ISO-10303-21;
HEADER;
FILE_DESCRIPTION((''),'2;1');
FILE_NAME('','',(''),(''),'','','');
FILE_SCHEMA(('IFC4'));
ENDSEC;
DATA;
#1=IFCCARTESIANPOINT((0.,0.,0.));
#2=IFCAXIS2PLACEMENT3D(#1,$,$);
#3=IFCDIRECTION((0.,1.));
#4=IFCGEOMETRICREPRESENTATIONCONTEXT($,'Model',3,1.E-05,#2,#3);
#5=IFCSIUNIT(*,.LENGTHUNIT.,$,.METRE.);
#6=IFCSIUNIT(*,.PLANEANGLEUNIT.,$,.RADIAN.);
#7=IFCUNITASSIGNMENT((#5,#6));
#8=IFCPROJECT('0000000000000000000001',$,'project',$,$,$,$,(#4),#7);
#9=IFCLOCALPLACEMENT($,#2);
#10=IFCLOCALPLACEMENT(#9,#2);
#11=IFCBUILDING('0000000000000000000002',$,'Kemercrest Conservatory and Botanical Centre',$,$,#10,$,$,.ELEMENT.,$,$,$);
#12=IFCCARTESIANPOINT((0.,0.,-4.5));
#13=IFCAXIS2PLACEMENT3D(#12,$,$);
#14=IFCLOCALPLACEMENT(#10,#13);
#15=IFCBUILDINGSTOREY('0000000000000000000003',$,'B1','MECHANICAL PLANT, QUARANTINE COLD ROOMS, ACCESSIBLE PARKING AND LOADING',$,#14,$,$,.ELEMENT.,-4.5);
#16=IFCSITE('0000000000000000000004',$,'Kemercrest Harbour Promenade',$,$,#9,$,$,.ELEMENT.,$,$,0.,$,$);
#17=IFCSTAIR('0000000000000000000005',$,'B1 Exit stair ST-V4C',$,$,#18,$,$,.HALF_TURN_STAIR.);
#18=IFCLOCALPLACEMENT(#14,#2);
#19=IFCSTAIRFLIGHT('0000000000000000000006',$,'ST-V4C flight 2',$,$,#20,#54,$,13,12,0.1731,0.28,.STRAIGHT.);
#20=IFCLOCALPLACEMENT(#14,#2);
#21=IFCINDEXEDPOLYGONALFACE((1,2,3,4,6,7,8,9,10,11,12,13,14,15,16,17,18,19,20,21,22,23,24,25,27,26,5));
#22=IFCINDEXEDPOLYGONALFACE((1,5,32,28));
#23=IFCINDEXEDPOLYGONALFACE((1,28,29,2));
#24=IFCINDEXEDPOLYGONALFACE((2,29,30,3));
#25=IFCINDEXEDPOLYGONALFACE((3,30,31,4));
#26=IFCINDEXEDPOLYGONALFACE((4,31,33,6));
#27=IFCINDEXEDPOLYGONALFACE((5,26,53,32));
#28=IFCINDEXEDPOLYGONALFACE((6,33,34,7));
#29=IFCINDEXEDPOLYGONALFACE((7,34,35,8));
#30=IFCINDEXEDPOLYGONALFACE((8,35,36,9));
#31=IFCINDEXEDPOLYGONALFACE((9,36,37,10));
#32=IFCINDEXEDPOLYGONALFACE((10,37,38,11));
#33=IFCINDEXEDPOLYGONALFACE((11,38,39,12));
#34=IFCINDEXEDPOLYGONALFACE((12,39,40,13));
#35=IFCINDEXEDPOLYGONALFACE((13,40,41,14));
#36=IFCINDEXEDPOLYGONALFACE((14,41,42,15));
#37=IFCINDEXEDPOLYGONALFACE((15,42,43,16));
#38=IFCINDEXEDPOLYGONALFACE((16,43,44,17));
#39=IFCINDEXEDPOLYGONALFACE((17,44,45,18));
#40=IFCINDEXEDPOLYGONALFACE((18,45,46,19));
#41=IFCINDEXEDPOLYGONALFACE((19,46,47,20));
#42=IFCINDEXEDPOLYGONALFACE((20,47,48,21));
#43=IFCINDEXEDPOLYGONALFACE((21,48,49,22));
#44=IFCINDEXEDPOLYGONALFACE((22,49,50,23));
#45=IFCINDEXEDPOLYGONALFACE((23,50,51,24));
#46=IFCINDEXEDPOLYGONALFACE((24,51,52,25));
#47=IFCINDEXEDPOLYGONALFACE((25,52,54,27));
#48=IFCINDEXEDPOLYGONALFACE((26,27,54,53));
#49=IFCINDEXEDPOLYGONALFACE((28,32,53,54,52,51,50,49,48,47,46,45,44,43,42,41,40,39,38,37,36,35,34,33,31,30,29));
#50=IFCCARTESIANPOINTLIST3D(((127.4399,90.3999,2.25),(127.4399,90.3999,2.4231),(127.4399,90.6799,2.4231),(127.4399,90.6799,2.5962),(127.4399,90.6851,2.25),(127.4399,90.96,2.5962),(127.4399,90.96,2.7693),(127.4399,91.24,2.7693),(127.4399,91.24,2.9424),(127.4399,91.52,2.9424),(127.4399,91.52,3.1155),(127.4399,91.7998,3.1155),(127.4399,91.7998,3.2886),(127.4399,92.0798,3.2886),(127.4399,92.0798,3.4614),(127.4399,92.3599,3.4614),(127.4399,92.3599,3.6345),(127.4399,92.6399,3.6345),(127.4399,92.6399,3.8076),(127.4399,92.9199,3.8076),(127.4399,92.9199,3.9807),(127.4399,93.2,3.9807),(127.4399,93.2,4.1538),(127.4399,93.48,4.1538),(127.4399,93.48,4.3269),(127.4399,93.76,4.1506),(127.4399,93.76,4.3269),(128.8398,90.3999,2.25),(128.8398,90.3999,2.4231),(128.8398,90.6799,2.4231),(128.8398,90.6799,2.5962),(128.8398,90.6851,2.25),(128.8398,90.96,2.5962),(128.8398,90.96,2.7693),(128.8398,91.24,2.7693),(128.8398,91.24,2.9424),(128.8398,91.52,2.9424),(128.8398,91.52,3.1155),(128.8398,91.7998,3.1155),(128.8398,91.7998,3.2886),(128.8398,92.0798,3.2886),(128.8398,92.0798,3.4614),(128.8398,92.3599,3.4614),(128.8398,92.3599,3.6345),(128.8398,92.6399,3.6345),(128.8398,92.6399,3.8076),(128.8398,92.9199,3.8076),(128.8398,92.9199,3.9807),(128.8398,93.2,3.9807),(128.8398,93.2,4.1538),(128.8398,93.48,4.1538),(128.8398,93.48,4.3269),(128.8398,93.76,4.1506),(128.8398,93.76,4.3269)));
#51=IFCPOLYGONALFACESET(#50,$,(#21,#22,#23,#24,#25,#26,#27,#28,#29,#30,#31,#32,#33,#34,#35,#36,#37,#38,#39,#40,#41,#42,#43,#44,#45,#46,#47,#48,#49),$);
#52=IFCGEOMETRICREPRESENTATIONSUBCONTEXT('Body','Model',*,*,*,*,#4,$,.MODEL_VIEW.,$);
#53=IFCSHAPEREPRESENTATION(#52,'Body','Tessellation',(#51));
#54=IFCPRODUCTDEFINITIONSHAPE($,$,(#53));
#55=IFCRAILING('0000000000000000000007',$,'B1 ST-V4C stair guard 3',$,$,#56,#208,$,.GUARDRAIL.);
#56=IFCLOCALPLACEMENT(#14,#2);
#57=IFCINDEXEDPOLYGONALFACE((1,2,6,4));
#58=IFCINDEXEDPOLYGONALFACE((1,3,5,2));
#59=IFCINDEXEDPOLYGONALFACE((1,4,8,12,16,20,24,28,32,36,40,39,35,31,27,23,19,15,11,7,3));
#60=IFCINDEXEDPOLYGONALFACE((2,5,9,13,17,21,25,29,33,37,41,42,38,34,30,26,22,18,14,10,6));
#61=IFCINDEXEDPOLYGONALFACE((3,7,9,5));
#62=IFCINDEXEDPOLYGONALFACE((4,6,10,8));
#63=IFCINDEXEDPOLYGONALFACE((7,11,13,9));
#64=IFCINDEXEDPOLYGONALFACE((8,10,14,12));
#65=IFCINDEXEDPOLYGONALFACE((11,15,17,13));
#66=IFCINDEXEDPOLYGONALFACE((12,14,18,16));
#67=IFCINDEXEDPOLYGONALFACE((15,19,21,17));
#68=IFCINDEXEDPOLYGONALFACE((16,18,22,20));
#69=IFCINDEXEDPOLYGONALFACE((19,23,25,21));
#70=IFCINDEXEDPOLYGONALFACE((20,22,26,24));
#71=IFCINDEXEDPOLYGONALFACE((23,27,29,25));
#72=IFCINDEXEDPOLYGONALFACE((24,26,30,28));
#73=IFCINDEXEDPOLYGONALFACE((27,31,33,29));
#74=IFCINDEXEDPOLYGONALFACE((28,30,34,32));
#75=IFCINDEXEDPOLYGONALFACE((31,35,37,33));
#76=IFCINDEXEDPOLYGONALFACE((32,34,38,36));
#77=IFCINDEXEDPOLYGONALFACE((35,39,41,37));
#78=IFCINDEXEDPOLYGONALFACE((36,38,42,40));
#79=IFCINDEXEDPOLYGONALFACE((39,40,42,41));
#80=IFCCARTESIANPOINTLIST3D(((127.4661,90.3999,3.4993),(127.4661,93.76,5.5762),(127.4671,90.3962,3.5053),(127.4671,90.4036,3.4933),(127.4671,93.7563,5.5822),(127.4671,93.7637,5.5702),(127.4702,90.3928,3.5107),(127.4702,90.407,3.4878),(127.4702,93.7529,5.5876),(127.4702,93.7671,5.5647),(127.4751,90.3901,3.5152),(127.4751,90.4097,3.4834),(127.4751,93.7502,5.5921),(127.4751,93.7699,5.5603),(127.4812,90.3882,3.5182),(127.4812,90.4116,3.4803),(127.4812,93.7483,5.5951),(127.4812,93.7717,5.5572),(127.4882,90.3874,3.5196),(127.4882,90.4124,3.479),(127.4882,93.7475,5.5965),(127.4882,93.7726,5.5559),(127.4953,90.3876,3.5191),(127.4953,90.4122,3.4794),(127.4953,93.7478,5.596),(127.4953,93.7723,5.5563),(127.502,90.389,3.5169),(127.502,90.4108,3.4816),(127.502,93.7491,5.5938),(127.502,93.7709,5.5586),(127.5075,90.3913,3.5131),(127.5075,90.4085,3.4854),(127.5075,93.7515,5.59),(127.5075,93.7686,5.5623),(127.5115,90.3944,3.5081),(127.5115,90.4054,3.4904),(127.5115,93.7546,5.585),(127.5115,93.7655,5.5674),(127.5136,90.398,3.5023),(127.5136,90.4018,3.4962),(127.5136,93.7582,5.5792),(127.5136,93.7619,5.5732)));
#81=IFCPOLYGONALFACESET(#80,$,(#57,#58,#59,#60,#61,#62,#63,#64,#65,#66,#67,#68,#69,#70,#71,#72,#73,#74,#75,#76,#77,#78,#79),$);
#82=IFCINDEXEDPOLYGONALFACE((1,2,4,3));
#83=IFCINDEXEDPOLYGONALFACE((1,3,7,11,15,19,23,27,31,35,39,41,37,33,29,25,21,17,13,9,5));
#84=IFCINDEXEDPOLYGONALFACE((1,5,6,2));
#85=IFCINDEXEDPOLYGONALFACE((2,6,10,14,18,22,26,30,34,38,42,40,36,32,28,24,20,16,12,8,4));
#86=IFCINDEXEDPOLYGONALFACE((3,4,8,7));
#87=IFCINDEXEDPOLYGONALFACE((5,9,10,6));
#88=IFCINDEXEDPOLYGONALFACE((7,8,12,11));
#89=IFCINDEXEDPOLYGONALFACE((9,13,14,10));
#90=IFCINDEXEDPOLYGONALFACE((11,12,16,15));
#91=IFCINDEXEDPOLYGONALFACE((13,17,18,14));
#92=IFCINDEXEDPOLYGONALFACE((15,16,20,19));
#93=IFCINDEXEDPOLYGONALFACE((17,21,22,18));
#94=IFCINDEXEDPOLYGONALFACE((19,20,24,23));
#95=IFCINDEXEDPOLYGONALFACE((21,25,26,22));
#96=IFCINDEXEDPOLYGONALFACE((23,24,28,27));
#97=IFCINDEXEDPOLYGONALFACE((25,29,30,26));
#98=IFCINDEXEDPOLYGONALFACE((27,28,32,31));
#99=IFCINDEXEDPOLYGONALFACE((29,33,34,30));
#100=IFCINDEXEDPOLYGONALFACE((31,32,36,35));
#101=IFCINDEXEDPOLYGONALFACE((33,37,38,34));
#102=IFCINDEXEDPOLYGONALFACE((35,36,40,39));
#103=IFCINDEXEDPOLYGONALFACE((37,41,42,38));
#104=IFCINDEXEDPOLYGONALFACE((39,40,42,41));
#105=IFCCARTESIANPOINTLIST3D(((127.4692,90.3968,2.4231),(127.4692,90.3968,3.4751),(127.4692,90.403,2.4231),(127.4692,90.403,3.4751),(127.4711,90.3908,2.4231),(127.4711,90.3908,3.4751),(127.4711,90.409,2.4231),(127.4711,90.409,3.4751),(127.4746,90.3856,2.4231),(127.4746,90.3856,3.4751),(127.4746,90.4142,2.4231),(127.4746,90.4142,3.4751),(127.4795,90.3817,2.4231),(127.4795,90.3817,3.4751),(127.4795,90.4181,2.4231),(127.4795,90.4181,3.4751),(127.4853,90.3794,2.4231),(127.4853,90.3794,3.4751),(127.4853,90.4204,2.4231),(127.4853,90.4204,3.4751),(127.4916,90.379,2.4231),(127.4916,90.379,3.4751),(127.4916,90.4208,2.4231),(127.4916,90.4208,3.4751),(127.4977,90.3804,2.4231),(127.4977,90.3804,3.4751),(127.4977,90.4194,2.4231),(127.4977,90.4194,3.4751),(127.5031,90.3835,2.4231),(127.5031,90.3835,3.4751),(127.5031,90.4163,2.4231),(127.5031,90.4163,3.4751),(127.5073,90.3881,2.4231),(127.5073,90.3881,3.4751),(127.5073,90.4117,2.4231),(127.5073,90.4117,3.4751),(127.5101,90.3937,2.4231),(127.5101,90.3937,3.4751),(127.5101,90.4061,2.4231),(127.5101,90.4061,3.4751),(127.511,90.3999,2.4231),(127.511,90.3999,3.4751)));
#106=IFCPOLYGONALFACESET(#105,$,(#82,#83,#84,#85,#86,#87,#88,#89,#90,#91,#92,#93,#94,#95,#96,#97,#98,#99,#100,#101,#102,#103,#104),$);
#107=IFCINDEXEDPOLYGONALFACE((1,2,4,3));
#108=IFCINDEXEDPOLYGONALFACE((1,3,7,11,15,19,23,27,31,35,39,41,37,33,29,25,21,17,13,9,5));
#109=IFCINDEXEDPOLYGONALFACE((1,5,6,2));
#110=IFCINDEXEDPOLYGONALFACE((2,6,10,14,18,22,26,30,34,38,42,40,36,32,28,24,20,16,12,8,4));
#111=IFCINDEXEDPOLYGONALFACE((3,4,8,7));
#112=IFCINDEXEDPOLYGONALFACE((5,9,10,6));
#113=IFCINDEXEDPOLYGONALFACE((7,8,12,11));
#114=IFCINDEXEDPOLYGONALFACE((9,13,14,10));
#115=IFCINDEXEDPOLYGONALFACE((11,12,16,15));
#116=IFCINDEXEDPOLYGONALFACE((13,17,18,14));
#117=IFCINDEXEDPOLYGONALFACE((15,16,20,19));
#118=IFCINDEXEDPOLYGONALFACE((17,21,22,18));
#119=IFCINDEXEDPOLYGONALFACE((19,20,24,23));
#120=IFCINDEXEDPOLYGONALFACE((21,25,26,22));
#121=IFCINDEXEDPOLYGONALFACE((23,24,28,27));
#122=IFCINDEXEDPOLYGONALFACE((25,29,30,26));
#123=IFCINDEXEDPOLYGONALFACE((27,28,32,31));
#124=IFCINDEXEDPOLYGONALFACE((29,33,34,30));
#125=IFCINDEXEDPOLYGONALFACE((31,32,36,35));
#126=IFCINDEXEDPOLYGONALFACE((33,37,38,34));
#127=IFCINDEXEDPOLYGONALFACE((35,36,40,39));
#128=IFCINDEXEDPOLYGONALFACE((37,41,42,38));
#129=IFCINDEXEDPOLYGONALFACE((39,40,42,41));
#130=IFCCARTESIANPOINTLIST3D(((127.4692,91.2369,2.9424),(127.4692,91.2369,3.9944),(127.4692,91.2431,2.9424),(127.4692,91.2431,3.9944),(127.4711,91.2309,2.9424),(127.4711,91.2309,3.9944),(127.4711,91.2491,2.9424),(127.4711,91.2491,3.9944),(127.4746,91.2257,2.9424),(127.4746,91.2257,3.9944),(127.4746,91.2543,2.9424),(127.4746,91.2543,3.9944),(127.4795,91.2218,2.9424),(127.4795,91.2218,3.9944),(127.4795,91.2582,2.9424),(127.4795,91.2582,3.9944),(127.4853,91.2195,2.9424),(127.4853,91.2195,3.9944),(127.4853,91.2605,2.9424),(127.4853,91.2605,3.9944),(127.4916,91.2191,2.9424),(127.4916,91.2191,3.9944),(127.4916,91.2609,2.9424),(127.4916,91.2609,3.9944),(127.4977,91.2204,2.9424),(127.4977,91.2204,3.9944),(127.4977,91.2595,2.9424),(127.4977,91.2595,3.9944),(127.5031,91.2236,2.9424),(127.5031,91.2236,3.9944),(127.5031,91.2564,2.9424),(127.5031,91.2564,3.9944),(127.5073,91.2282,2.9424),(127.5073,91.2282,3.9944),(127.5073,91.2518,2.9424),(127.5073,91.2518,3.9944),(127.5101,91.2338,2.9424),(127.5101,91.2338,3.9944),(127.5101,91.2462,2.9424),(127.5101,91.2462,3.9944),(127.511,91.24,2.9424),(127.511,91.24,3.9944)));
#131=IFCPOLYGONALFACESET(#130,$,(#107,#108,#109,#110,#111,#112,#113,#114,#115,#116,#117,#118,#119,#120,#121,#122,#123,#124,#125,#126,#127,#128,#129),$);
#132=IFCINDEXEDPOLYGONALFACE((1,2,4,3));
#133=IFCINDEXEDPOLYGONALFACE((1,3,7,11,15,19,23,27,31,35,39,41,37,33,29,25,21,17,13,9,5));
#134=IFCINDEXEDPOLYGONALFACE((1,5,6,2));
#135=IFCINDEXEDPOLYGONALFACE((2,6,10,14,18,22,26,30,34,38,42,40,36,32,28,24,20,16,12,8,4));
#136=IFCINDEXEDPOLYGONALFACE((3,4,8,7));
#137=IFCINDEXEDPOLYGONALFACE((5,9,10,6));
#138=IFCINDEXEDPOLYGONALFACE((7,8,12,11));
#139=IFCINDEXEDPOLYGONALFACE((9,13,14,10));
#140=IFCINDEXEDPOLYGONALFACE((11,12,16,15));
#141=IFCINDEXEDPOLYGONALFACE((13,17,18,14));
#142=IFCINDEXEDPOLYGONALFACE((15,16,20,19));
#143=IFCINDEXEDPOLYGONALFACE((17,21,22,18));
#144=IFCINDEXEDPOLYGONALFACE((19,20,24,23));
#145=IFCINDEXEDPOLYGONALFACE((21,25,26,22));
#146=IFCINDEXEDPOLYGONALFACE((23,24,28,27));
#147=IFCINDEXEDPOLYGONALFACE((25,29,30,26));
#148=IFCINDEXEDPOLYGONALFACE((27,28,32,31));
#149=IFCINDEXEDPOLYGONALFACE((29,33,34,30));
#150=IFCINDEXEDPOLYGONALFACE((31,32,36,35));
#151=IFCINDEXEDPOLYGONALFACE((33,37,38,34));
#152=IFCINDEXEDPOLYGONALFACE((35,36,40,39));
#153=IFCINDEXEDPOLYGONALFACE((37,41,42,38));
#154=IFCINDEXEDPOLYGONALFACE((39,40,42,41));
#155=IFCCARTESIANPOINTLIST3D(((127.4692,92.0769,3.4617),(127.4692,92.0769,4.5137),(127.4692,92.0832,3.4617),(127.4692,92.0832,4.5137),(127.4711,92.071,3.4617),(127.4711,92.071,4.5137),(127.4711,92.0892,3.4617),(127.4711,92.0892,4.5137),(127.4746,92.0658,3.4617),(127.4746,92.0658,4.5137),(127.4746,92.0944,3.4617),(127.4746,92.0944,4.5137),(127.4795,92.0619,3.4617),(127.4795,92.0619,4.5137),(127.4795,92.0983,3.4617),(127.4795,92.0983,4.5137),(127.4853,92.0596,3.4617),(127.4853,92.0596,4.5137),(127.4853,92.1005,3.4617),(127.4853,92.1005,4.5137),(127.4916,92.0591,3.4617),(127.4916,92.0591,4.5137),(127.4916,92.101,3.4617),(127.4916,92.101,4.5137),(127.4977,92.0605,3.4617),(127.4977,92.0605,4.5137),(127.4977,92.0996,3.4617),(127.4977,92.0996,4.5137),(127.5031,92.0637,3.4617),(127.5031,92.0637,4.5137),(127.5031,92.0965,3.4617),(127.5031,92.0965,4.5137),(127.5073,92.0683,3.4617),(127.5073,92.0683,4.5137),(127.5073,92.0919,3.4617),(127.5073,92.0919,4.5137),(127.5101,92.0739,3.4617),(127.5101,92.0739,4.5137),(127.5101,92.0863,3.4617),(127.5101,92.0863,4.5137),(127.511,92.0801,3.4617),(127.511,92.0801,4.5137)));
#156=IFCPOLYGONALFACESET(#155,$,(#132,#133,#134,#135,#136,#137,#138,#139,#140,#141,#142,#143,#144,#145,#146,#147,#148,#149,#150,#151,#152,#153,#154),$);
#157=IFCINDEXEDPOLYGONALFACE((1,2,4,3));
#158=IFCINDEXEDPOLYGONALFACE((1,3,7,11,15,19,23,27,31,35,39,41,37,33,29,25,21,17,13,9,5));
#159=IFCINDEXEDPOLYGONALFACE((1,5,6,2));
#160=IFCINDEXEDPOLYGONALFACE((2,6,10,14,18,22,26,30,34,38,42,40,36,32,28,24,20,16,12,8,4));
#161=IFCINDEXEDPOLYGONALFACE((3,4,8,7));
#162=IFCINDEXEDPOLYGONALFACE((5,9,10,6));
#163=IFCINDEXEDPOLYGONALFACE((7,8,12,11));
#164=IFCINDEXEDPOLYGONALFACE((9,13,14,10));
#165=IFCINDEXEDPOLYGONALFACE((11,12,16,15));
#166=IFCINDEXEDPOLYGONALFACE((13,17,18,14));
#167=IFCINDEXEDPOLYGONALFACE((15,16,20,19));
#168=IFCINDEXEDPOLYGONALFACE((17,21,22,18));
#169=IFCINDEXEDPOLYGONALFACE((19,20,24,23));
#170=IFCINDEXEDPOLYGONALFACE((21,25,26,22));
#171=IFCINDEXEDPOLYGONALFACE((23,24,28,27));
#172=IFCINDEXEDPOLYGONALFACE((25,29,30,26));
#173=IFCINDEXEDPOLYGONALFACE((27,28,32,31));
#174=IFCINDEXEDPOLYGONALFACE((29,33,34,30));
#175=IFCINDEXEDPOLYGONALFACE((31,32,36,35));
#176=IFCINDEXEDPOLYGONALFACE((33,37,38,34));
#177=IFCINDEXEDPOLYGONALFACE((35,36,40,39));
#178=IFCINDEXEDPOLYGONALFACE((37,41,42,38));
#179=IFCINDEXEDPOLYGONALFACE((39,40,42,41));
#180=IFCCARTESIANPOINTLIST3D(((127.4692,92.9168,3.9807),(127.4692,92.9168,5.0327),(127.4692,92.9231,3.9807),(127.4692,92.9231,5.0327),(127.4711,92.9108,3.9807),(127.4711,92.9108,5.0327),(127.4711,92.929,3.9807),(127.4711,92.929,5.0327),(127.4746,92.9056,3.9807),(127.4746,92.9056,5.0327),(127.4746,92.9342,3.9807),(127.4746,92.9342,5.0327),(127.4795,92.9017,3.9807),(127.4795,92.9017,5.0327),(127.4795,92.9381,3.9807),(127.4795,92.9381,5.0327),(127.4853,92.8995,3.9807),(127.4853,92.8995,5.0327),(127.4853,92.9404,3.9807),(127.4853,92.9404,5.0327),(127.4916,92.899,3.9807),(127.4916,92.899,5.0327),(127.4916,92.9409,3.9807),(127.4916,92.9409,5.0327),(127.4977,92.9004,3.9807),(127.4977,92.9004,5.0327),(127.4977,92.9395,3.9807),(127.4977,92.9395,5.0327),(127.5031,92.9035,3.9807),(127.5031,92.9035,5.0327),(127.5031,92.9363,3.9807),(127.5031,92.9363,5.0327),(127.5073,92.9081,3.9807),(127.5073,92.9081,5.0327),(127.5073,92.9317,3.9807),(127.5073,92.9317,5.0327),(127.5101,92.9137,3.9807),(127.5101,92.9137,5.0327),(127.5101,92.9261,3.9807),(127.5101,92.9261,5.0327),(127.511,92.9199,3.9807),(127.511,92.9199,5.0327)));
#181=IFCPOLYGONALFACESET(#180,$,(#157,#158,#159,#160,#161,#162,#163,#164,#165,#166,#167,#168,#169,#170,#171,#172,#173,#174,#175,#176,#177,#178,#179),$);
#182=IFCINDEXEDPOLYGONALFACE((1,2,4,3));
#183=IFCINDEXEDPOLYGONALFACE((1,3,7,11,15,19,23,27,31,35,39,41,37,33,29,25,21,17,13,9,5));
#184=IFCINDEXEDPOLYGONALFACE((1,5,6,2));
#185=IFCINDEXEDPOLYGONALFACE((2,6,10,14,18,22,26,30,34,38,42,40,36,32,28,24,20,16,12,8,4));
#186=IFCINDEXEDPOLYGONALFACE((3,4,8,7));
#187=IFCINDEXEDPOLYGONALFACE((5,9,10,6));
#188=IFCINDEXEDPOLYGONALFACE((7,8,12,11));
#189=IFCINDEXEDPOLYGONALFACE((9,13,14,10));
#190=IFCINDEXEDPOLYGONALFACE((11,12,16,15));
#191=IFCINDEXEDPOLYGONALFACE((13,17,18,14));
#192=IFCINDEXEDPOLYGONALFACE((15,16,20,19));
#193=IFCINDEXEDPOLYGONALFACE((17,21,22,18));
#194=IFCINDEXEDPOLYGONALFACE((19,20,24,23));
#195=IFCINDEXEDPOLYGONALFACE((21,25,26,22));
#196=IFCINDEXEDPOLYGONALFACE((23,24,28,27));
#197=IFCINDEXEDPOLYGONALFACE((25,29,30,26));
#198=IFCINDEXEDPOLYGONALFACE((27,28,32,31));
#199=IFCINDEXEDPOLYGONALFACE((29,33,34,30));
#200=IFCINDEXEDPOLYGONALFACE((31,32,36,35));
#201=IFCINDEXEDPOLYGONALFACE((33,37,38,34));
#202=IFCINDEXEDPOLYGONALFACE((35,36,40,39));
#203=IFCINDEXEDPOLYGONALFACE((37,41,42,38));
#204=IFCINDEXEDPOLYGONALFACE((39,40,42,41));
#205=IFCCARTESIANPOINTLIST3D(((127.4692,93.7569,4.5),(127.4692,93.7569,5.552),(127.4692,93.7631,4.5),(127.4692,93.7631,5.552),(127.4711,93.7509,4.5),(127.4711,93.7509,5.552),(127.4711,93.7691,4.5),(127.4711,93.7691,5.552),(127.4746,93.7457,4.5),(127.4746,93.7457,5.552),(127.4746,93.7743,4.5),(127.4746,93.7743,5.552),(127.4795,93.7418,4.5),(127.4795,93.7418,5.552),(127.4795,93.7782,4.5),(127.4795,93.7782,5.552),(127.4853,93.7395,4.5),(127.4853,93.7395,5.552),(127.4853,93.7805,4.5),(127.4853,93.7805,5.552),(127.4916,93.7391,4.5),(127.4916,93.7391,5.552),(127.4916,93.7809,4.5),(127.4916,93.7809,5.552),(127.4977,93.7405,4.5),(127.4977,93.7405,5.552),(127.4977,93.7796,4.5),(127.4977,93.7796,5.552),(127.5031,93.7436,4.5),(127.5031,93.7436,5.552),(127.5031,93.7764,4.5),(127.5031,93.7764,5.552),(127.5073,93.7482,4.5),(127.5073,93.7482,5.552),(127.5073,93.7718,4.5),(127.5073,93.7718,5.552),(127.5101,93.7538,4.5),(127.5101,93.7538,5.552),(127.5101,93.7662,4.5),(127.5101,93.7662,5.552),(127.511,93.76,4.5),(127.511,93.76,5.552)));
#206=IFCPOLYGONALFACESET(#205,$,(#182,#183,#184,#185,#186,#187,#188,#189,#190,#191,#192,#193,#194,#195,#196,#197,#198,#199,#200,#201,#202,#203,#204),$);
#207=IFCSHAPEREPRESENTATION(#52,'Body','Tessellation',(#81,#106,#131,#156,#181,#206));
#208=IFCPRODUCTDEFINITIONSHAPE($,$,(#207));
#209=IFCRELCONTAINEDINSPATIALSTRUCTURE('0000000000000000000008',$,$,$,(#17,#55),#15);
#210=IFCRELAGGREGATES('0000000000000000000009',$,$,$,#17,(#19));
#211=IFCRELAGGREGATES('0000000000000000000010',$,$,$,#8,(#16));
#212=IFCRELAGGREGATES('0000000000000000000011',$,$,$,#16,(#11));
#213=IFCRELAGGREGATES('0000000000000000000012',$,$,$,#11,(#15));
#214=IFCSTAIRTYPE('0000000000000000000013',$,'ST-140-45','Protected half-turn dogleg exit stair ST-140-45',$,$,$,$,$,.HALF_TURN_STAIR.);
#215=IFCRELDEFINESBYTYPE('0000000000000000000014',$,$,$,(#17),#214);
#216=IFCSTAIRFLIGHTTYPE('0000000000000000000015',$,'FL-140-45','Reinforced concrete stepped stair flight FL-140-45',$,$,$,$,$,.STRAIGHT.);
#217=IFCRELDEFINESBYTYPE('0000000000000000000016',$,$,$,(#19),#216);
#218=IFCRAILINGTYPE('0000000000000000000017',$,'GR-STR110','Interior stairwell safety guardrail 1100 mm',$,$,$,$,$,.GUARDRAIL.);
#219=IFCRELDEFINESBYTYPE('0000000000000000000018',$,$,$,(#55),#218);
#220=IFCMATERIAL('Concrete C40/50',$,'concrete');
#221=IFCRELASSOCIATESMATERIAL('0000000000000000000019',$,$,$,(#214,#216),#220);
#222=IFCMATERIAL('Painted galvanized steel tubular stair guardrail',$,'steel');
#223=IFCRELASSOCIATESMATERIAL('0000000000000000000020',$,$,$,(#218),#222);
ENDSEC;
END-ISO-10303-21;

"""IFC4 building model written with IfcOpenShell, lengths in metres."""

from ifc_helpers import new_model, si_unit, direction, frame, origin, origin_2d, place, context, subcontext, project, spatial, polyline, circle, outline, extrude, material, type_object, element, aggregate, save


model = new_model("IFC4")

# Units and contexts
model_context = context("Model", 3, precision=1e-05, world=origin(), true_north=direction((0.0, 1.0)))
body_context = subcontext(model_context, "Body", "Model", "MODEL_VIEW")
ifc_project = project(units=[si_unit("LENGTHUNIT", "METRE"), si_unit("PLANEANGLEUNIT", "RADIAN")], contexts=[model_context])

# Site, building, storey
site_placement = place(None, origin())
site = spatial("IfcSite", under=ifc_project, at=site_placement, Name="Kemercrest Harbour Promenade", CompositionType="ELEMENT", RefElevation=0.0)
building_placement = place(site_placement, origin())
building = spatial("IfcBuilding", under=site, at=building_placement, Name="Kemercrest Conservatory and Botanical Centre", CompositionType="ELEMENT")
storey_placement = place(building_placement, frame((0.0, 0.0, -4.5)))
storey = spatial("IfcBuildingStorey", under=building, at=storey_placement, Name="B1", Description="MECHANICAL PLANT, QUARANTINE COLD ROOMS, ACCESSIBLE PARKING AND LOADING", CompositionType="ELEMENT", Elevation=-4.5)

# Shared definitions
ifc_material_1 = material(Name="Concrete C40/50", Category="concrete")

# Stair, stair flight
stair_type = type_object("IfcStairType", Name="ST-140-45", Description="Protected half-turn dogleg exit stair ST-140-45", PredefinedType="HALF_TURN_STAIR", material=ifc_material_1)
stair_placement = place(storey_placement, origin())
stair = element("IfcStair", 1, at=stair_placement, inside=storey, type_object=stair_type, Name="B1 Exit stair ST-V4C", PredefinedType="HALF_TURN_STAIR")
stair_flight_type = type_object("IfcStairFlightType", Name="FL-140-45", Description="Reinforced concrete stepped stair flight FL-140-45", PredefinedType="STRAIGHT", material=ifc_material_1)
stair_flight_placement = place(storey_placement, frame((128.1399, 90.3999, 2.25), z_axis=(0.0, 0.0, 1.0), x_axis=(0.0, 1.0, 0.0)))
stair_flight = element("IfcStairFlight", 2, at=stair_flight_placement, type_object=stair_flight_type, Name="ST-V4C flight 2", NumberOfRisers=13, NumberOfTreads=12, PredefinedType="STRAIGHT", RiserHeight=0.1731, TreadLength=0.28, context=body_context, shape_type="SweptSolid", body=[
    extrude(outline(polyline([(0.0, 0.0), (0.0, 0.1731), (0.28, 0.1731), (0.28, 0.3462), (0.5601, 0.3462), (0.5601, 0.5193), (0.8401, 0.5193), (0.8401, 0.6924), (1.1201, 0.6924), (1.1201, 0.8655), (1.3999, 0.8655), (1.3999, 1.0386), (1.6799, 1.0386), (1.6799, 1.2114), (1.96, 1.2114), (1.96, 1.3845), (2.24, 1.3845), (2.24, 1.5576), (2.52, 1.5576), (2.52, 1.7307), (2.8, 1.7307), (2.8, 1.9038), (3.0801, 1.9038), (3.0801, 2.0769), (3.3601, 2.0769), (3.3601, 2.25), (3.3601, 1.9006), (0.2852, 0.0), (0.0, 0.0)])), frame((0.0, 0.7, 0.0), z_axis=(0.0, -1.0, 0.0), x_axis=(1.0, 0.0, 0.0)), (0.0, 0.0, 1.0), 1.3999),
])
aggregate(stair, [stair_flight])

# Railing
ifc_material_2 = material(Name="Painted galvanized steel tubular stair guardrail", Category="steel")
railing_type_1 = type_object("IfcRailingType", Name="GR-STR110", Description="Interior stairwell safety guardrail 1100 mm", PredefinedType="GUARDRAIL", material=ifc_material_2)
railing_1_placement = place(storey_placement, frame((127.49, 90.3999, 2.4231)))
element("IfcRailing", 3, at=railing_1_placement, inside=storey, type_object=railing_type_1, Name="B1 ST-V4C stair guard 3", PredefinedType="GUARDRAIL", context=body_context, shape_type="SweptSolid", body=[
    extrude(circle(Radius=0.0239, at=origin_2d()), frame((0.0, 0.0, 1.0762), z_axis=(0.0, 0.850623, 0.525776), x_axis=(-1.0, 0.0, 0.0)), (0.0, 0.0, 1.0), 3.9502),
    extrude(circle(Radius=0.021, at=origin_2d()), origin(), (0.0, 0.0, 1.0), 1.052),
    extrude(circle(Radius=0.021, at=origin_2d()), frame((0.0, 0.8401, 0.5193)), (0.0, 0.0, 1.0), 1.052),
    extrude(circle(Radius=0.021, at=origin_2d()), frame((0.0, 1.6802, 1.0386)), (0.0, 0.0, 1.0), 1.052),
    extrude(circle(Radius=0.021, at=origin_2d()), frame((0.0, 2.52, 1.5576)), (0.0, 0.0, 1.0), 1.052),
    extrude(circle(Radius=0.021, at=origin_2d()), frame((0.0, 3.3601, 2.0769)), (0.0, 0.0, 1.0), 1.052),
])

save(model, "model.ifc")
